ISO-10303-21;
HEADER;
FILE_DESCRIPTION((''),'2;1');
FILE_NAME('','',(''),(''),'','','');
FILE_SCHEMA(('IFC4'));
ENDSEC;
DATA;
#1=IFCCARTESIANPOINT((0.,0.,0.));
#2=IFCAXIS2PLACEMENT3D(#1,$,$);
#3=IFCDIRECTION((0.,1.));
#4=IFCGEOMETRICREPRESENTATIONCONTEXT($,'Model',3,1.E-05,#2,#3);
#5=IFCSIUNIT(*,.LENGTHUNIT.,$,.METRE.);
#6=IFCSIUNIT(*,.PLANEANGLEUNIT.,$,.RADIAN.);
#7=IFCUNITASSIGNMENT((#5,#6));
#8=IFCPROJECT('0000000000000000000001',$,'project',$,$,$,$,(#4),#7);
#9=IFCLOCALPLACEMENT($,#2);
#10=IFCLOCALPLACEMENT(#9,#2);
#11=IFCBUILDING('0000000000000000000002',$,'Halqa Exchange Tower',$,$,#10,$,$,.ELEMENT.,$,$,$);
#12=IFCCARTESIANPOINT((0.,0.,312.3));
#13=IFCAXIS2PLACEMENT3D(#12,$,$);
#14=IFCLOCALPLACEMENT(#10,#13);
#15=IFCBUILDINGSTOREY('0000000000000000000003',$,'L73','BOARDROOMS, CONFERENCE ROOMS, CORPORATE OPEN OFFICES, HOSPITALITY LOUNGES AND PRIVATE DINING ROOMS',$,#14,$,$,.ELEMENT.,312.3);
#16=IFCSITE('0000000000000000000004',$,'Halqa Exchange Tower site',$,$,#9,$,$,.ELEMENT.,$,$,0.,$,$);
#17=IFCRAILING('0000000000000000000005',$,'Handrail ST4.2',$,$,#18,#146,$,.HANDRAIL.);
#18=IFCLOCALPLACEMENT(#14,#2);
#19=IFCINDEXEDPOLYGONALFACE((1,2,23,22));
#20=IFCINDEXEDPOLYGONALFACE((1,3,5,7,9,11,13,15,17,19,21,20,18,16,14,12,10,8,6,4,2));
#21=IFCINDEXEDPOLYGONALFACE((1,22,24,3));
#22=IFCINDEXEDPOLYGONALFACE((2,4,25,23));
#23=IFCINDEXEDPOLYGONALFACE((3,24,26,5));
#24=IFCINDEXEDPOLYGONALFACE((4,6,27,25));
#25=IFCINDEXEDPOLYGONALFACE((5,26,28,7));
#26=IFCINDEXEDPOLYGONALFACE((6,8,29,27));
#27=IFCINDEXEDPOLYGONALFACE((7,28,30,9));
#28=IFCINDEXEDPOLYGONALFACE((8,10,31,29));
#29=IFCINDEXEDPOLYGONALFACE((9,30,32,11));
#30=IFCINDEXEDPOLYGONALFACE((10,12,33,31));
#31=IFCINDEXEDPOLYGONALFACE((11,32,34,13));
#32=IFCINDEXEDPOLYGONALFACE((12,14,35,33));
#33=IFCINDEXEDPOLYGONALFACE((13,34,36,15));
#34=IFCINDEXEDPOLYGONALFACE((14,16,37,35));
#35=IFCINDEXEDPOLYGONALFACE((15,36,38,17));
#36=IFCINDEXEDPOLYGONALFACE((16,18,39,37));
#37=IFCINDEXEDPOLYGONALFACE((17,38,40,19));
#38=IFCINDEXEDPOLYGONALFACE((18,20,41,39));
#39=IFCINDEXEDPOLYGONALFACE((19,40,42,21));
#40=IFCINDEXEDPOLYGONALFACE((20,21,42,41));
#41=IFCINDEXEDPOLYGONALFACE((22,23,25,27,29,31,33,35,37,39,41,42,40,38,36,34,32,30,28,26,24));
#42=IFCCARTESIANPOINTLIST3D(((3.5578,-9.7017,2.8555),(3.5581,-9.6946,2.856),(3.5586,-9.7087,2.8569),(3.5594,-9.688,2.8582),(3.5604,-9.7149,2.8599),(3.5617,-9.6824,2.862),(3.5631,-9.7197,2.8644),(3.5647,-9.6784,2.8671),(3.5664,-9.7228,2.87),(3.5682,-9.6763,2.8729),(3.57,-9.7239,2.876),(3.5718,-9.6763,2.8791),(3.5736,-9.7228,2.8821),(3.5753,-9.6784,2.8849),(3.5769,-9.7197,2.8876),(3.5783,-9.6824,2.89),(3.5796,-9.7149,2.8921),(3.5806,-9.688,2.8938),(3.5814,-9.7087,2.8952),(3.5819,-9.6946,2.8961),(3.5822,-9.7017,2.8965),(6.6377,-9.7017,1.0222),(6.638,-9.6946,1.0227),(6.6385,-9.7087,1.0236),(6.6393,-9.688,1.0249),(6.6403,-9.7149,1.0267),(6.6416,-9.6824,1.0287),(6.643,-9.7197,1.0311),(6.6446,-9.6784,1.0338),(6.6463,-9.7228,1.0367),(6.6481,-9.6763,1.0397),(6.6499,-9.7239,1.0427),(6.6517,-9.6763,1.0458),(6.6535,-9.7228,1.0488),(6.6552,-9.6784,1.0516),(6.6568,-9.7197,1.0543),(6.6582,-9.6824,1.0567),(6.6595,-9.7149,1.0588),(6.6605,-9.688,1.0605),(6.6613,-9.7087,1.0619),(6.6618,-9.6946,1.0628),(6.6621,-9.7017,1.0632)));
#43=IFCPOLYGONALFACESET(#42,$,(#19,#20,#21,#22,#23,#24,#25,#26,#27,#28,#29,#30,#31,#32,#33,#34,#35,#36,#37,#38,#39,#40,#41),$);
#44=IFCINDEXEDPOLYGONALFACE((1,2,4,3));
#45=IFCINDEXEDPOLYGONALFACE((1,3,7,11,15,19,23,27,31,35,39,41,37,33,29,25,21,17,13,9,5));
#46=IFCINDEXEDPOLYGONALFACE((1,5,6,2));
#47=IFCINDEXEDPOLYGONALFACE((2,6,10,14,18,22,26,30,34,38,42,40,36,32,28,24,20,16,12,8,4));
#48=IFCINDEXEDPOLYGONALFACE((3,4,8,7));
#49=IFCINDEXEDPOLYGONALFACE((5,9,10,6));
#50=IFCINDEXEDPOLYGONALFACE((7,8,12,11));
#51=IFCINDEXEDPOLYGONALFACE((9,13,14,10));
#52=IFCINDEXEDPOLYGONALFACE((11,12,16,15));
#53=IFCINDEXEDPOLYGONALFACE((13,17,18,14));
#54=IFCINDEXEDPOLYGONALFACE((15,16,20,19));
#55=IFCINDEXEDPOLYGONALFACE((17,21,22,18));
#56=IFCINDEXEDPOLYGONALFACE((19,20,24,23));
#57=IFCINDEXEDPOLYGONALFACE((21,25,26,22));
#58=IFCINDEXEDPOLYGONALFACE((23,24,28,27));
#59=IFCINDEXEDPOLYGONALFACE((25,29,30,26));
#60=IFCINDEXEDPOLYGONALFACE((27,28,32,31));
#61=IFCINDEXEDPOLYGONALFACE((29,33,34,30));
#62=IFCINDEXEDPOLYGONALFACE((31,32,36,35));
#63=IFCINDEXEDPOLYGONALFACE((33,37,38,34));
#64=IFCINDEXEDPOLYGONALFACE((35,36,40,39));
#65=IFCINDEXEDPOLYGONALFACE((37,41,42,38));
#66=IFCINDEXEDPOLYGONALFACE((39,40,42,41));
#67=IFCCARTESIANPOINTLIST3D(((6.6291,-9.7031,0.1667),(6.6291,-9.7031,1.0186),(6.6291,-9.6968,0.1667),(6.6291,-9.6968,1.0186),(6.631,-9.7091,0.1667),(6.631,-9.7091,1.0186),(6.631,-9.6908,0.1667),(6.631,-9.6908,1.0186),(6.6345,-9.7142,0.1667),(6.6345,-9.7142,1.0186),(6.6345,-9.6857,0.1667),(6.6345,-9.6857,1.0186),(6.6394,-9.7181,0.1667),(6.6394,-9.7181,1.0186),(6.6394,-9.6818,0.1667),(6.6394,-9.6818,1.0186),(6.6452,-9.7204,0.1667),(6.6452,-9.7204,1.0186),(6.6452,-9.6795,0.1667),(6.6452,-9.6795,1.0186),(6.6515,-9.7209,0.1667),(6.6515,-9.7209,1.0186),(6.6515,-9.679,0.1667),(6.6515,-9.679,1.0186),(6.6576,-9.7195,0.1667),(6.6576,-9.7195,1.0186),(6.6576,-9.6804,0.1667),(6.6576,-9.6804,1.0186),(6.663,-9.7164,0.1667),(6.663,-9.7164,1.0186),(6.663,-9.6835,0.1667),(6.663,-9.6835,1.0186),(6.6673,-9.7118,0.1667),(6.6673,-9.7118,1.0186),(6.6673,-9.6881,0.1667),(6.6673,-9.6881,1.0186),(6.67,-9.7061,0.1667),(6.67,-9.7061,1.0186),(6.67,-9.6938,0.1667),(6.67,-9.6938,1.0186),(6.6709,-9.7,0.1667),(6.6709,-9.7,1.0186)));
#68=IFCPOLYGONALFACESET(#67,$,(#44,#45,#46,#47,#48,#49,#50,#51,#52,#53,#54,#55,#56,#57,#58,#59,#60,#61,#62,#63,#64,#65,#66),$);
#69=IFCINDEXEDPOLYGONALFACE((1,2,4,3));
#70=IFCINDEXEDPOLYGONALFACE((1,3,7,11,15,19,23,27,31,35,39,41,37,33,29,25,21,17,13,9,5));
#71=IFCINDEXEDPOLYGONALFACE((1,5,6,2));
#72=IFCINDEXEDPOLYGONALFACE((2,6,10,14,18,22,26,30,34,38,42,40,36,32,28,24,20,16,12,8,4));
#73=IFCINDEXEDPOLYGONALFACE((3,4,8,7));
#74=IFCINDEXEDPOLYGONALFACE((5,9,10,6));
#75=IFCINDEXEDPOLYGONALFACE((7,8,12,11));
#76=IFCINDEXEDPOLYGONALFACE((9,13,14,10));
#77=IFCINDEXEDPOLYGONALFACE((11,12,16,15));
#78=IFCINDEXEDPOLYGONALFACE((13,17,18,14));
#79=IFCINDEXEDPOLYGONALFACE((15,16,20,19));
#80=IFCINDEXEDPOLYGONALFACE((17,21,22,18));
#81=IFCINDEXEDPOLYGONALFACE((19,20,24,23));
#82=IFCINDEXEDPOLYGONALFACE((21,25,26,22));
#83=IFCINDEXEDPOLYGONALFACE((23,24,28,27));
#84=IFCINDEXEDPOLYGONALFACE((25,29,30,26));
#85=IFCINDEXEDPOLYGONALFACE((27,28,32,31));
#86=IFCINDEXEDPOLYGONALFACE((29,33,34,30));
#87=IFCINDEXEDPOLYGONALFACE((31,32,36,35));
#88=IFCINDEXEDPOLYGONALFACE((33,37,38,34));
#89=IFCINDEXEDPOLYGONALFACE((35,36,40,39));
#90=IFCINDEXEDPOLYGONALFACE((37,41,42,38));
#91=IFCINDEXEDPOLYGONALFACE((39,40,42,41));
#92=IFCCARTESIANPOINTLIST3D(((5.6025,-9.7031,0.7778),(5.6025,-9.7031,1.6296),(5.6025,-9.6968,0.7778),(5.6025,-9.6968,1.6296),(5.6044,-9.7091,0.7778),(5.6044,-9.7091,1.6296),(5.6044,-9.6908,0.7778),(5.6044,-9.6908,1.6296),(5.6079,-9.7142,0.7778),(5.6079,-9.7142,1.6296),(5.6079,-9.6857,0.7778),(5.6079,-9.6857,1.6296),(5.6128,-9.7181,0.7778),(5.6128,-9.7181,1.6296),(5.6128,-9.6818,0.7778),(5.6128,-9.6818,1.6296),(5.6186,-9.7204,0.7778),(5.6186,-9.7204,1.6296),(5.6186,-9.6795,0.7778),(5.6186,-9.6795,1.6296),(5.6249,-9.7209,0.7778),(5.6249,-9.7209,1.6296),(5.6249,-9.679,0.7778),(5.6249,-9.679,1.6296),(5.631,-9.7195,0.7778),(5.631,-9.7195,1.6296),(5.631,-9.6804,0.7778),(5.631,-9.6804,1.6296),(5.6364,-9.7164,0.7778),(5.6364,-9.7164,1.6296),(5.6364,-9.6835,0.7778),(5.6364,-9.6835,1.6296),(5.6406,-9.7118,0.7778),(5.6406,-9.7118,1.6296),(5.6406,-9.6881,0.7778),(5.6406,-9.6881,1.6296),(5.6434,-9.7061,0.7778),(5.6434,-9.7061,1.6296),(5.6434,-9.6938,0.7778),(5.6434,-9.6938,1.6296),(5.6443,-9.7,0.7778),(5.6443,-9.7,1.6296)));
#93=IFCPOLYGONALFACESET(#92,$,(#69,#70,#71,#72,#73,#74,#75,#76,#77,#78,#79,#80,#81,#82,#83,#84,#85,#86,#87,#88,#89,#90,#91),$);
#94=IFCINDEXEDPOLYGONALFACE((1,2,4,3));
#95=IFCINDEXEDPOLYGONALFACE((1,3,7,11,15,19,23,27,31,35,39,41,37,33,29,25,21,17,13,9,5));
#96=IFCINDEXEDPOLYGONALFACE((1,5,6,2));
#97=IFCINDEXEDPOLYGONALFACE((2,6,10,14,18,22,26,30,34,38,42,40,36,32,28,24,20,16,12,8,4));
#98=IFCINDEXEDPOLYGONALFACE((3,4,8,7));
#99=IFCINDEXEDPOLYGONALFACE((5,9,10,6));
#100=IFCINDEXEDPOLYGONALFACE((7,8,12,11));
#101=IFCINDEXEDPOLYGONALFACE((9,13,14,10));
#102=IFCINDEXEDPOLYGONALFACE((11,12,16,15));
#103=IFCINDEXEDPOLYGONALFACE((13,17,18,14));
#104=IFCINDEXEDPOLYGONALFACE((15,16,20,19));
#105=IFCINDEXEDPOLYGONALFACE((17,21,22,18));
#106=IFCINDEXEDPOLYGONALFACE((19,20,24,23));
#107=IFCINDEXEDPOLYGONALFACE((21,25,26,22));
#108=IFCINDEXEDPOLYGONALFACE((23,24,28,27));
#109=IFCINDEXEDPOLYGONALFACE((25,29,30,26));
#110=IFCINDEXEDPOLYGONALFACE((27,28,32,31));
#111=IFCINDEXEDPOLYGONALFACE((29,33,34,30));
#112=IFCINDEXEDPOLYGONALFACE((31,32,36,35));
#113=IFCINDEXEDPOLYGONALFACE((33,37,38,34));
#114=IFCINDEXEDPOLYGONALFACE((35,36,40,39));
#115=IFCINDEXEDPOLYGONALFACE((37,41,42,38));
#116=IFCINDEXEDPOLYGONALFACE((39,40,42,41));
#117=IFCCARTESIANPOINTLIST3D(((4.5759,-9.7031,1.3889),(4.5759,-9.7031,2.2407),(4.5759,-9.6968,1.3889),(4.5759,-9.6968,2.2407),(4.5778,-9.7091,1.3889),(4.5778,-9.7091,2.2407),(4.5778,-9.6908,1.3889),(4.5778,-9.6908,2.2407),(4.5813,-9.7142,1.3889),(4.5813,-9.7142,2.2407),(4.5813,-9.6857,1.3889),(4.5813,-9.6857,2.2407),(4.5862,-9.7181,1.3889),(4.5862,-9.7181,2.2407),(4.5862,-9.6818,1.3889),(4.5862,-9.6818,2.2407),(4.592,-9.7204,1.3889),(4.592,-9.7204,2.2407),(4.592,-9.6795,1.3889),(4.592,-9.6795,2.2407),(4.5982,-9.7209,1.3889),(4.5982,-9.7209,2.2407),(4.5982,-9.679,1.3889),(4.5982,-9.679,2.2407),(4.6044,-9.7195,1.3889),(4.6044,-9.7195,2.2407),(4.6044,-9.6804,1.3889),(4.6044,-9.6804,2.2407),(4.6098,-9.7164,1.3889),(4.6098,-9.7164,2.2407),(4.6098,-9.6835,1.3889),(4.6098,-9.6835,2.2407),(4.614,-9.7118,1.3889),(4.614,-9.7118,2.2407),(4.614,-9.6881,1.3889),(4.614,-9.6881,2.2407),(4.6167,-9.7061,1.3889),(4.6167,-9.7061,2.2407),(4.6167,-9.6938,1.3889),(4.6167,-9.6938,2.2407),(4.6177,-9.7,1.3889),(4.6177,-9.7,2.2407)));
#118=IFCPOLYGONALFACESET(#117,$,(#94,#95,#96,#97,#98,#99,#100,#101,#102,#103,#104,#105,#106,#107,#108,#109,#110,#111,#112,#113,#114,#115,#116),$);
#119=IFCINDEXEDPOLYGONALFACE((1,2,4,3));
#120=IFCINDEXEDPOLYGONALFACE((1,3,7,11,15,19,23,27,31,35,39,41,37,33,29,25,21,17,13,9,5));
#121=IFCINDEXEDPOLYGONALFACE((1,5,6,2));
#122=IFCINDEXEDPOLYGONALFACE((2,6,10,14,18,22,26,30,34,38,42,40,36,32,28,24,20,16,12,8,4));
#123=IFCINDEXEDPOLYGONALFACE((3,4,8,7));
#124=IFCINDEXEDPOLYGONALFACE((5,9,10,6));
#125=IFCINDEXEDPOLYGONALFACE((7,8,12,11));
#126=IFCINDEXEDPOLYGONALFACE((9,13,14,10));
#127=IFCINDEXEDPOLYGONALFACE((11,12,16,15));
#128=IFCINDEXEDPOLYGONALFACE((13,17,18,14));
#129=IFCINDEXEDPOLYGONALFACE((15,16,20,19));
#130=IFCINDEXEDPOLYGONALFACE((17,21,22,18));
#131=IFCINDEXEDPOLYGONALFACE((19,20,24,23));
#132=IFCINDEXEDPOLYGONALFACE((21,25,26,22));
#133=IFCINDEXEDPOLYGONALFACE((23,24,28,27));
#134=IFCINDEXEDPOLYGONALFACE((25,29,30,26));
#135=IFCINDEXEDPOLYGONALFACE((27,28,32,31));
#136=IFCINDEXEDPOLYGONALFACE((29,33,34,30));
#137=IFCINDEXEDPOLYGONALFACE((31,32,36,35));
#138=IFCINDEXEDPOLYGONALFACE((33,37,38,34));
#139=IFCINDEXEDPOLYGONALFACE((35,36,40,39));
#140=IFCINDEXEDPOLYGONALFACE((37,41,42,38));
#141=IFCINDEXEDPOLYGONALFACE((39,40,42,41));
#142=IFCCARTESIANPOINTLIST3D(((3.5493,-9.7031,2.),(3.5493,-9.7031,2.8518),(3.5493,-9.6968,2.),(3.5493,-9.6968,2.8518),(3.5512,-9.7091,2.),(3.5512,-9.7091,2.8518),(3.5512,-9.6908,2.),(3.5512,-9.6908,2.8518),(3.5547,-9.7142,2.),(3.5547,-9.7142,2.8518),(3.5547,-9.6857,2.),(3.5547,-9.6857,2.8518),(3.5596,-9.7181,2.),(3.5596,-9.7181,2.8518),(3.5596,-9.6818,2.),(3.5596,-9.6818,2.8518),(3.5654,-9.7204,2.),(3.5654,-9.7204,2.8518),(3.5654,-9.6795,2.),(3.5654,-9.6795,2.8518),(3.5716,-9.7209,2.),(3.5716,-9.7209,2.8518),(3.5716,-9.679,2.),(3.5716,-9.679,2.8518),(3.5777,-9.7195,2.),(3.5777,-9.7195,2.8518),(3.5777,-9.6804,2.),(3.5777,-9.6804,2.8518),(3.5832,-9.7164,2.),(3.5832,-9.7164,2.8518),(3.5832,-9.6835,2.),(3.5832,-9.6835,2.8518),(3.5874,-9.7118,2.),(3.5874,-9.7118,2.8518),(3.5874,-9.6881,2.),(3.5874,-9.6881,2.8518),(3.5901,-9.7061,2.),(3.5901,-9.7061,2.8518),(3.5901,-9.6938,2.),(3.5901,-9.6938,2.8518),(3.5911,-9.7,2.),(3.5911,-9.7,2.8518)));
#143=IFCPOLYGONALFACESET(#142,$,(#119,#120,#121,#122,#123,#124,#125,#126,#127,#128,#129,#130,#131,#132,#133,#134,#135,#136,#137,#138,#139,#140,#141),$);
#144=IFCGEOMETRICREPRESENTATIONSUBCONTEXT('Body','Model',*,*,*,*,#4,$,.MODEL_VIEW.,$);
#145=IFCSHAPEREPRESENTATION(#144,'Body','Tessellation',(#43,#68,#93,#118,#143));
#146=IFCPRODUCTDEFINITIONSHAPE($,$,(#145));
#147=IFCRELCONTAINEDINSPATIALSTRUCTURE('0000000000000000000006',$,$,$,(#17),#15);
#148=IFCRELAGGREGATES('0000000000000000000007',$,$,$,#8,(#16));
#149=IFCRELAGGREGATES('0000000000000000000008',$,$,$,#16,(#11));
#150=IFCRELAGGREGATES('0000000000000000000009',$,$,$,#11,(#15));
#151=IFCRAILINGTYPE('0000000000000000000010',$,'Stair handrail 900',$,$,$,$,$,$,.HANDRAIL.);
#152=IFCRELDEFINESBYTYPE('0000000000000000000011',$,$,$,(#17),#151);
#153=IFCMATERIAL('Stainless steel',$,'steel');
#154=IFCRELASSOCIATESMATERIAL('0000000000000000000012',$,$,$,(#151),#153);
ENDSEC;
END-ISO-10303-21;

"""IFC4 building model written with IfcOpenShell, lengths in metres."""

from ifc_helpers import new_model, si_unit, direction, frame, origin, origin_2d, place, context, subcontext, project, spatial, circle, extrude, material, type_object, element, save


model = new_model("IFC4")

# Units and contexts
model_context = context("Model", 3, precision=1e-05, world=origin(), true_north=direction((0.0, 1.0)))
body_context = subcontext(model_context, "Body", "Model", "MODEL_VIEW")
ifc_project = project(units=[si_unit("LENGTHUNIT", "METRE"), si_unit("PLANEANGLEUNIT", "RADIAN")], contexts=[model_context])

# Site, building, storey
site_placement = place(None, origin())
site = spatial("IfcSite", under=ifc_project, at=site_placement, Name="Halqa Exchange Tower site", CompositionType="ELEMENT", RefElevation=0.0)
building_placement = place(site_placement, origin())
building = spatial("IfcBuilding", under=site, at=building_placement, Name="Halqa Exchange Tower", CompositionType="ELEMENT")
storey_placement = place(building_placement, frame((0.0, 0.0, 312.3)))
storey = spatial("IfcBuildingStorey", under=building, at=storey_placement, Name="L73", Description="BOARDROOMS, CONFERENCE ROOMS, CORPORATE OPEN OFFICES, HOSPITALITY LOUNGES AND PRIVATE DINING ROOMS", CompositionType="ELEMENT", Elevation=312.3)

# Railing
ifc_material_1 = material(Name="Stainless steel", Category="steel")
railing_type_1 = type_object("IfcRailingType", Name="Stair handrail 900", PredefinedType="HANDRAIL", material=ifc_material_1)
railing_1_placement = place(storey_placement, frame((6.6499, -9.7, 0.1667)))
element("IfcRailing", 1, at=railing_1_placement, inside=storey, type_object=railing_type_1, Name="Handrail ST4.2", PredefinedType="HANDRAIL", context=body_context, shape_type="SweptSolid", body=[
    extrude(circle(Radius=0.0239, at=origin_2d()), frame((0.0, 0.0, 0.876), z_axis=(-0.859291, 0.0, 0.511487), x_axis=(0.0, -1.0, 0.0)), (0.0, 0.0, 1.0), 3.5842),
    extrude(circle(Radius=0.021, at=origin_2d()), origin(), (0.0, 0.0, 1.0), 0.8518),
    extrude(circle(Radius=0.021, at=origin_2d()), frame((-1.0266, 0.0, 0.6111)), (0.0, 0.0, 1.0), 0.8518),
    extrude(circle(Radius=0.021, at=origin_2d()), frame((-2.0532, 0.0, 1.2222)), (0.0, 0.0, 1.0), 0.8518),
    extrude(circle(Radius=0.021, at=origin_2d()), frame((-3.0798, 0.0, 1.8333)), (0.0, 0.0, 1.0), 0.8518),
])

save(model, "model.ifc")
